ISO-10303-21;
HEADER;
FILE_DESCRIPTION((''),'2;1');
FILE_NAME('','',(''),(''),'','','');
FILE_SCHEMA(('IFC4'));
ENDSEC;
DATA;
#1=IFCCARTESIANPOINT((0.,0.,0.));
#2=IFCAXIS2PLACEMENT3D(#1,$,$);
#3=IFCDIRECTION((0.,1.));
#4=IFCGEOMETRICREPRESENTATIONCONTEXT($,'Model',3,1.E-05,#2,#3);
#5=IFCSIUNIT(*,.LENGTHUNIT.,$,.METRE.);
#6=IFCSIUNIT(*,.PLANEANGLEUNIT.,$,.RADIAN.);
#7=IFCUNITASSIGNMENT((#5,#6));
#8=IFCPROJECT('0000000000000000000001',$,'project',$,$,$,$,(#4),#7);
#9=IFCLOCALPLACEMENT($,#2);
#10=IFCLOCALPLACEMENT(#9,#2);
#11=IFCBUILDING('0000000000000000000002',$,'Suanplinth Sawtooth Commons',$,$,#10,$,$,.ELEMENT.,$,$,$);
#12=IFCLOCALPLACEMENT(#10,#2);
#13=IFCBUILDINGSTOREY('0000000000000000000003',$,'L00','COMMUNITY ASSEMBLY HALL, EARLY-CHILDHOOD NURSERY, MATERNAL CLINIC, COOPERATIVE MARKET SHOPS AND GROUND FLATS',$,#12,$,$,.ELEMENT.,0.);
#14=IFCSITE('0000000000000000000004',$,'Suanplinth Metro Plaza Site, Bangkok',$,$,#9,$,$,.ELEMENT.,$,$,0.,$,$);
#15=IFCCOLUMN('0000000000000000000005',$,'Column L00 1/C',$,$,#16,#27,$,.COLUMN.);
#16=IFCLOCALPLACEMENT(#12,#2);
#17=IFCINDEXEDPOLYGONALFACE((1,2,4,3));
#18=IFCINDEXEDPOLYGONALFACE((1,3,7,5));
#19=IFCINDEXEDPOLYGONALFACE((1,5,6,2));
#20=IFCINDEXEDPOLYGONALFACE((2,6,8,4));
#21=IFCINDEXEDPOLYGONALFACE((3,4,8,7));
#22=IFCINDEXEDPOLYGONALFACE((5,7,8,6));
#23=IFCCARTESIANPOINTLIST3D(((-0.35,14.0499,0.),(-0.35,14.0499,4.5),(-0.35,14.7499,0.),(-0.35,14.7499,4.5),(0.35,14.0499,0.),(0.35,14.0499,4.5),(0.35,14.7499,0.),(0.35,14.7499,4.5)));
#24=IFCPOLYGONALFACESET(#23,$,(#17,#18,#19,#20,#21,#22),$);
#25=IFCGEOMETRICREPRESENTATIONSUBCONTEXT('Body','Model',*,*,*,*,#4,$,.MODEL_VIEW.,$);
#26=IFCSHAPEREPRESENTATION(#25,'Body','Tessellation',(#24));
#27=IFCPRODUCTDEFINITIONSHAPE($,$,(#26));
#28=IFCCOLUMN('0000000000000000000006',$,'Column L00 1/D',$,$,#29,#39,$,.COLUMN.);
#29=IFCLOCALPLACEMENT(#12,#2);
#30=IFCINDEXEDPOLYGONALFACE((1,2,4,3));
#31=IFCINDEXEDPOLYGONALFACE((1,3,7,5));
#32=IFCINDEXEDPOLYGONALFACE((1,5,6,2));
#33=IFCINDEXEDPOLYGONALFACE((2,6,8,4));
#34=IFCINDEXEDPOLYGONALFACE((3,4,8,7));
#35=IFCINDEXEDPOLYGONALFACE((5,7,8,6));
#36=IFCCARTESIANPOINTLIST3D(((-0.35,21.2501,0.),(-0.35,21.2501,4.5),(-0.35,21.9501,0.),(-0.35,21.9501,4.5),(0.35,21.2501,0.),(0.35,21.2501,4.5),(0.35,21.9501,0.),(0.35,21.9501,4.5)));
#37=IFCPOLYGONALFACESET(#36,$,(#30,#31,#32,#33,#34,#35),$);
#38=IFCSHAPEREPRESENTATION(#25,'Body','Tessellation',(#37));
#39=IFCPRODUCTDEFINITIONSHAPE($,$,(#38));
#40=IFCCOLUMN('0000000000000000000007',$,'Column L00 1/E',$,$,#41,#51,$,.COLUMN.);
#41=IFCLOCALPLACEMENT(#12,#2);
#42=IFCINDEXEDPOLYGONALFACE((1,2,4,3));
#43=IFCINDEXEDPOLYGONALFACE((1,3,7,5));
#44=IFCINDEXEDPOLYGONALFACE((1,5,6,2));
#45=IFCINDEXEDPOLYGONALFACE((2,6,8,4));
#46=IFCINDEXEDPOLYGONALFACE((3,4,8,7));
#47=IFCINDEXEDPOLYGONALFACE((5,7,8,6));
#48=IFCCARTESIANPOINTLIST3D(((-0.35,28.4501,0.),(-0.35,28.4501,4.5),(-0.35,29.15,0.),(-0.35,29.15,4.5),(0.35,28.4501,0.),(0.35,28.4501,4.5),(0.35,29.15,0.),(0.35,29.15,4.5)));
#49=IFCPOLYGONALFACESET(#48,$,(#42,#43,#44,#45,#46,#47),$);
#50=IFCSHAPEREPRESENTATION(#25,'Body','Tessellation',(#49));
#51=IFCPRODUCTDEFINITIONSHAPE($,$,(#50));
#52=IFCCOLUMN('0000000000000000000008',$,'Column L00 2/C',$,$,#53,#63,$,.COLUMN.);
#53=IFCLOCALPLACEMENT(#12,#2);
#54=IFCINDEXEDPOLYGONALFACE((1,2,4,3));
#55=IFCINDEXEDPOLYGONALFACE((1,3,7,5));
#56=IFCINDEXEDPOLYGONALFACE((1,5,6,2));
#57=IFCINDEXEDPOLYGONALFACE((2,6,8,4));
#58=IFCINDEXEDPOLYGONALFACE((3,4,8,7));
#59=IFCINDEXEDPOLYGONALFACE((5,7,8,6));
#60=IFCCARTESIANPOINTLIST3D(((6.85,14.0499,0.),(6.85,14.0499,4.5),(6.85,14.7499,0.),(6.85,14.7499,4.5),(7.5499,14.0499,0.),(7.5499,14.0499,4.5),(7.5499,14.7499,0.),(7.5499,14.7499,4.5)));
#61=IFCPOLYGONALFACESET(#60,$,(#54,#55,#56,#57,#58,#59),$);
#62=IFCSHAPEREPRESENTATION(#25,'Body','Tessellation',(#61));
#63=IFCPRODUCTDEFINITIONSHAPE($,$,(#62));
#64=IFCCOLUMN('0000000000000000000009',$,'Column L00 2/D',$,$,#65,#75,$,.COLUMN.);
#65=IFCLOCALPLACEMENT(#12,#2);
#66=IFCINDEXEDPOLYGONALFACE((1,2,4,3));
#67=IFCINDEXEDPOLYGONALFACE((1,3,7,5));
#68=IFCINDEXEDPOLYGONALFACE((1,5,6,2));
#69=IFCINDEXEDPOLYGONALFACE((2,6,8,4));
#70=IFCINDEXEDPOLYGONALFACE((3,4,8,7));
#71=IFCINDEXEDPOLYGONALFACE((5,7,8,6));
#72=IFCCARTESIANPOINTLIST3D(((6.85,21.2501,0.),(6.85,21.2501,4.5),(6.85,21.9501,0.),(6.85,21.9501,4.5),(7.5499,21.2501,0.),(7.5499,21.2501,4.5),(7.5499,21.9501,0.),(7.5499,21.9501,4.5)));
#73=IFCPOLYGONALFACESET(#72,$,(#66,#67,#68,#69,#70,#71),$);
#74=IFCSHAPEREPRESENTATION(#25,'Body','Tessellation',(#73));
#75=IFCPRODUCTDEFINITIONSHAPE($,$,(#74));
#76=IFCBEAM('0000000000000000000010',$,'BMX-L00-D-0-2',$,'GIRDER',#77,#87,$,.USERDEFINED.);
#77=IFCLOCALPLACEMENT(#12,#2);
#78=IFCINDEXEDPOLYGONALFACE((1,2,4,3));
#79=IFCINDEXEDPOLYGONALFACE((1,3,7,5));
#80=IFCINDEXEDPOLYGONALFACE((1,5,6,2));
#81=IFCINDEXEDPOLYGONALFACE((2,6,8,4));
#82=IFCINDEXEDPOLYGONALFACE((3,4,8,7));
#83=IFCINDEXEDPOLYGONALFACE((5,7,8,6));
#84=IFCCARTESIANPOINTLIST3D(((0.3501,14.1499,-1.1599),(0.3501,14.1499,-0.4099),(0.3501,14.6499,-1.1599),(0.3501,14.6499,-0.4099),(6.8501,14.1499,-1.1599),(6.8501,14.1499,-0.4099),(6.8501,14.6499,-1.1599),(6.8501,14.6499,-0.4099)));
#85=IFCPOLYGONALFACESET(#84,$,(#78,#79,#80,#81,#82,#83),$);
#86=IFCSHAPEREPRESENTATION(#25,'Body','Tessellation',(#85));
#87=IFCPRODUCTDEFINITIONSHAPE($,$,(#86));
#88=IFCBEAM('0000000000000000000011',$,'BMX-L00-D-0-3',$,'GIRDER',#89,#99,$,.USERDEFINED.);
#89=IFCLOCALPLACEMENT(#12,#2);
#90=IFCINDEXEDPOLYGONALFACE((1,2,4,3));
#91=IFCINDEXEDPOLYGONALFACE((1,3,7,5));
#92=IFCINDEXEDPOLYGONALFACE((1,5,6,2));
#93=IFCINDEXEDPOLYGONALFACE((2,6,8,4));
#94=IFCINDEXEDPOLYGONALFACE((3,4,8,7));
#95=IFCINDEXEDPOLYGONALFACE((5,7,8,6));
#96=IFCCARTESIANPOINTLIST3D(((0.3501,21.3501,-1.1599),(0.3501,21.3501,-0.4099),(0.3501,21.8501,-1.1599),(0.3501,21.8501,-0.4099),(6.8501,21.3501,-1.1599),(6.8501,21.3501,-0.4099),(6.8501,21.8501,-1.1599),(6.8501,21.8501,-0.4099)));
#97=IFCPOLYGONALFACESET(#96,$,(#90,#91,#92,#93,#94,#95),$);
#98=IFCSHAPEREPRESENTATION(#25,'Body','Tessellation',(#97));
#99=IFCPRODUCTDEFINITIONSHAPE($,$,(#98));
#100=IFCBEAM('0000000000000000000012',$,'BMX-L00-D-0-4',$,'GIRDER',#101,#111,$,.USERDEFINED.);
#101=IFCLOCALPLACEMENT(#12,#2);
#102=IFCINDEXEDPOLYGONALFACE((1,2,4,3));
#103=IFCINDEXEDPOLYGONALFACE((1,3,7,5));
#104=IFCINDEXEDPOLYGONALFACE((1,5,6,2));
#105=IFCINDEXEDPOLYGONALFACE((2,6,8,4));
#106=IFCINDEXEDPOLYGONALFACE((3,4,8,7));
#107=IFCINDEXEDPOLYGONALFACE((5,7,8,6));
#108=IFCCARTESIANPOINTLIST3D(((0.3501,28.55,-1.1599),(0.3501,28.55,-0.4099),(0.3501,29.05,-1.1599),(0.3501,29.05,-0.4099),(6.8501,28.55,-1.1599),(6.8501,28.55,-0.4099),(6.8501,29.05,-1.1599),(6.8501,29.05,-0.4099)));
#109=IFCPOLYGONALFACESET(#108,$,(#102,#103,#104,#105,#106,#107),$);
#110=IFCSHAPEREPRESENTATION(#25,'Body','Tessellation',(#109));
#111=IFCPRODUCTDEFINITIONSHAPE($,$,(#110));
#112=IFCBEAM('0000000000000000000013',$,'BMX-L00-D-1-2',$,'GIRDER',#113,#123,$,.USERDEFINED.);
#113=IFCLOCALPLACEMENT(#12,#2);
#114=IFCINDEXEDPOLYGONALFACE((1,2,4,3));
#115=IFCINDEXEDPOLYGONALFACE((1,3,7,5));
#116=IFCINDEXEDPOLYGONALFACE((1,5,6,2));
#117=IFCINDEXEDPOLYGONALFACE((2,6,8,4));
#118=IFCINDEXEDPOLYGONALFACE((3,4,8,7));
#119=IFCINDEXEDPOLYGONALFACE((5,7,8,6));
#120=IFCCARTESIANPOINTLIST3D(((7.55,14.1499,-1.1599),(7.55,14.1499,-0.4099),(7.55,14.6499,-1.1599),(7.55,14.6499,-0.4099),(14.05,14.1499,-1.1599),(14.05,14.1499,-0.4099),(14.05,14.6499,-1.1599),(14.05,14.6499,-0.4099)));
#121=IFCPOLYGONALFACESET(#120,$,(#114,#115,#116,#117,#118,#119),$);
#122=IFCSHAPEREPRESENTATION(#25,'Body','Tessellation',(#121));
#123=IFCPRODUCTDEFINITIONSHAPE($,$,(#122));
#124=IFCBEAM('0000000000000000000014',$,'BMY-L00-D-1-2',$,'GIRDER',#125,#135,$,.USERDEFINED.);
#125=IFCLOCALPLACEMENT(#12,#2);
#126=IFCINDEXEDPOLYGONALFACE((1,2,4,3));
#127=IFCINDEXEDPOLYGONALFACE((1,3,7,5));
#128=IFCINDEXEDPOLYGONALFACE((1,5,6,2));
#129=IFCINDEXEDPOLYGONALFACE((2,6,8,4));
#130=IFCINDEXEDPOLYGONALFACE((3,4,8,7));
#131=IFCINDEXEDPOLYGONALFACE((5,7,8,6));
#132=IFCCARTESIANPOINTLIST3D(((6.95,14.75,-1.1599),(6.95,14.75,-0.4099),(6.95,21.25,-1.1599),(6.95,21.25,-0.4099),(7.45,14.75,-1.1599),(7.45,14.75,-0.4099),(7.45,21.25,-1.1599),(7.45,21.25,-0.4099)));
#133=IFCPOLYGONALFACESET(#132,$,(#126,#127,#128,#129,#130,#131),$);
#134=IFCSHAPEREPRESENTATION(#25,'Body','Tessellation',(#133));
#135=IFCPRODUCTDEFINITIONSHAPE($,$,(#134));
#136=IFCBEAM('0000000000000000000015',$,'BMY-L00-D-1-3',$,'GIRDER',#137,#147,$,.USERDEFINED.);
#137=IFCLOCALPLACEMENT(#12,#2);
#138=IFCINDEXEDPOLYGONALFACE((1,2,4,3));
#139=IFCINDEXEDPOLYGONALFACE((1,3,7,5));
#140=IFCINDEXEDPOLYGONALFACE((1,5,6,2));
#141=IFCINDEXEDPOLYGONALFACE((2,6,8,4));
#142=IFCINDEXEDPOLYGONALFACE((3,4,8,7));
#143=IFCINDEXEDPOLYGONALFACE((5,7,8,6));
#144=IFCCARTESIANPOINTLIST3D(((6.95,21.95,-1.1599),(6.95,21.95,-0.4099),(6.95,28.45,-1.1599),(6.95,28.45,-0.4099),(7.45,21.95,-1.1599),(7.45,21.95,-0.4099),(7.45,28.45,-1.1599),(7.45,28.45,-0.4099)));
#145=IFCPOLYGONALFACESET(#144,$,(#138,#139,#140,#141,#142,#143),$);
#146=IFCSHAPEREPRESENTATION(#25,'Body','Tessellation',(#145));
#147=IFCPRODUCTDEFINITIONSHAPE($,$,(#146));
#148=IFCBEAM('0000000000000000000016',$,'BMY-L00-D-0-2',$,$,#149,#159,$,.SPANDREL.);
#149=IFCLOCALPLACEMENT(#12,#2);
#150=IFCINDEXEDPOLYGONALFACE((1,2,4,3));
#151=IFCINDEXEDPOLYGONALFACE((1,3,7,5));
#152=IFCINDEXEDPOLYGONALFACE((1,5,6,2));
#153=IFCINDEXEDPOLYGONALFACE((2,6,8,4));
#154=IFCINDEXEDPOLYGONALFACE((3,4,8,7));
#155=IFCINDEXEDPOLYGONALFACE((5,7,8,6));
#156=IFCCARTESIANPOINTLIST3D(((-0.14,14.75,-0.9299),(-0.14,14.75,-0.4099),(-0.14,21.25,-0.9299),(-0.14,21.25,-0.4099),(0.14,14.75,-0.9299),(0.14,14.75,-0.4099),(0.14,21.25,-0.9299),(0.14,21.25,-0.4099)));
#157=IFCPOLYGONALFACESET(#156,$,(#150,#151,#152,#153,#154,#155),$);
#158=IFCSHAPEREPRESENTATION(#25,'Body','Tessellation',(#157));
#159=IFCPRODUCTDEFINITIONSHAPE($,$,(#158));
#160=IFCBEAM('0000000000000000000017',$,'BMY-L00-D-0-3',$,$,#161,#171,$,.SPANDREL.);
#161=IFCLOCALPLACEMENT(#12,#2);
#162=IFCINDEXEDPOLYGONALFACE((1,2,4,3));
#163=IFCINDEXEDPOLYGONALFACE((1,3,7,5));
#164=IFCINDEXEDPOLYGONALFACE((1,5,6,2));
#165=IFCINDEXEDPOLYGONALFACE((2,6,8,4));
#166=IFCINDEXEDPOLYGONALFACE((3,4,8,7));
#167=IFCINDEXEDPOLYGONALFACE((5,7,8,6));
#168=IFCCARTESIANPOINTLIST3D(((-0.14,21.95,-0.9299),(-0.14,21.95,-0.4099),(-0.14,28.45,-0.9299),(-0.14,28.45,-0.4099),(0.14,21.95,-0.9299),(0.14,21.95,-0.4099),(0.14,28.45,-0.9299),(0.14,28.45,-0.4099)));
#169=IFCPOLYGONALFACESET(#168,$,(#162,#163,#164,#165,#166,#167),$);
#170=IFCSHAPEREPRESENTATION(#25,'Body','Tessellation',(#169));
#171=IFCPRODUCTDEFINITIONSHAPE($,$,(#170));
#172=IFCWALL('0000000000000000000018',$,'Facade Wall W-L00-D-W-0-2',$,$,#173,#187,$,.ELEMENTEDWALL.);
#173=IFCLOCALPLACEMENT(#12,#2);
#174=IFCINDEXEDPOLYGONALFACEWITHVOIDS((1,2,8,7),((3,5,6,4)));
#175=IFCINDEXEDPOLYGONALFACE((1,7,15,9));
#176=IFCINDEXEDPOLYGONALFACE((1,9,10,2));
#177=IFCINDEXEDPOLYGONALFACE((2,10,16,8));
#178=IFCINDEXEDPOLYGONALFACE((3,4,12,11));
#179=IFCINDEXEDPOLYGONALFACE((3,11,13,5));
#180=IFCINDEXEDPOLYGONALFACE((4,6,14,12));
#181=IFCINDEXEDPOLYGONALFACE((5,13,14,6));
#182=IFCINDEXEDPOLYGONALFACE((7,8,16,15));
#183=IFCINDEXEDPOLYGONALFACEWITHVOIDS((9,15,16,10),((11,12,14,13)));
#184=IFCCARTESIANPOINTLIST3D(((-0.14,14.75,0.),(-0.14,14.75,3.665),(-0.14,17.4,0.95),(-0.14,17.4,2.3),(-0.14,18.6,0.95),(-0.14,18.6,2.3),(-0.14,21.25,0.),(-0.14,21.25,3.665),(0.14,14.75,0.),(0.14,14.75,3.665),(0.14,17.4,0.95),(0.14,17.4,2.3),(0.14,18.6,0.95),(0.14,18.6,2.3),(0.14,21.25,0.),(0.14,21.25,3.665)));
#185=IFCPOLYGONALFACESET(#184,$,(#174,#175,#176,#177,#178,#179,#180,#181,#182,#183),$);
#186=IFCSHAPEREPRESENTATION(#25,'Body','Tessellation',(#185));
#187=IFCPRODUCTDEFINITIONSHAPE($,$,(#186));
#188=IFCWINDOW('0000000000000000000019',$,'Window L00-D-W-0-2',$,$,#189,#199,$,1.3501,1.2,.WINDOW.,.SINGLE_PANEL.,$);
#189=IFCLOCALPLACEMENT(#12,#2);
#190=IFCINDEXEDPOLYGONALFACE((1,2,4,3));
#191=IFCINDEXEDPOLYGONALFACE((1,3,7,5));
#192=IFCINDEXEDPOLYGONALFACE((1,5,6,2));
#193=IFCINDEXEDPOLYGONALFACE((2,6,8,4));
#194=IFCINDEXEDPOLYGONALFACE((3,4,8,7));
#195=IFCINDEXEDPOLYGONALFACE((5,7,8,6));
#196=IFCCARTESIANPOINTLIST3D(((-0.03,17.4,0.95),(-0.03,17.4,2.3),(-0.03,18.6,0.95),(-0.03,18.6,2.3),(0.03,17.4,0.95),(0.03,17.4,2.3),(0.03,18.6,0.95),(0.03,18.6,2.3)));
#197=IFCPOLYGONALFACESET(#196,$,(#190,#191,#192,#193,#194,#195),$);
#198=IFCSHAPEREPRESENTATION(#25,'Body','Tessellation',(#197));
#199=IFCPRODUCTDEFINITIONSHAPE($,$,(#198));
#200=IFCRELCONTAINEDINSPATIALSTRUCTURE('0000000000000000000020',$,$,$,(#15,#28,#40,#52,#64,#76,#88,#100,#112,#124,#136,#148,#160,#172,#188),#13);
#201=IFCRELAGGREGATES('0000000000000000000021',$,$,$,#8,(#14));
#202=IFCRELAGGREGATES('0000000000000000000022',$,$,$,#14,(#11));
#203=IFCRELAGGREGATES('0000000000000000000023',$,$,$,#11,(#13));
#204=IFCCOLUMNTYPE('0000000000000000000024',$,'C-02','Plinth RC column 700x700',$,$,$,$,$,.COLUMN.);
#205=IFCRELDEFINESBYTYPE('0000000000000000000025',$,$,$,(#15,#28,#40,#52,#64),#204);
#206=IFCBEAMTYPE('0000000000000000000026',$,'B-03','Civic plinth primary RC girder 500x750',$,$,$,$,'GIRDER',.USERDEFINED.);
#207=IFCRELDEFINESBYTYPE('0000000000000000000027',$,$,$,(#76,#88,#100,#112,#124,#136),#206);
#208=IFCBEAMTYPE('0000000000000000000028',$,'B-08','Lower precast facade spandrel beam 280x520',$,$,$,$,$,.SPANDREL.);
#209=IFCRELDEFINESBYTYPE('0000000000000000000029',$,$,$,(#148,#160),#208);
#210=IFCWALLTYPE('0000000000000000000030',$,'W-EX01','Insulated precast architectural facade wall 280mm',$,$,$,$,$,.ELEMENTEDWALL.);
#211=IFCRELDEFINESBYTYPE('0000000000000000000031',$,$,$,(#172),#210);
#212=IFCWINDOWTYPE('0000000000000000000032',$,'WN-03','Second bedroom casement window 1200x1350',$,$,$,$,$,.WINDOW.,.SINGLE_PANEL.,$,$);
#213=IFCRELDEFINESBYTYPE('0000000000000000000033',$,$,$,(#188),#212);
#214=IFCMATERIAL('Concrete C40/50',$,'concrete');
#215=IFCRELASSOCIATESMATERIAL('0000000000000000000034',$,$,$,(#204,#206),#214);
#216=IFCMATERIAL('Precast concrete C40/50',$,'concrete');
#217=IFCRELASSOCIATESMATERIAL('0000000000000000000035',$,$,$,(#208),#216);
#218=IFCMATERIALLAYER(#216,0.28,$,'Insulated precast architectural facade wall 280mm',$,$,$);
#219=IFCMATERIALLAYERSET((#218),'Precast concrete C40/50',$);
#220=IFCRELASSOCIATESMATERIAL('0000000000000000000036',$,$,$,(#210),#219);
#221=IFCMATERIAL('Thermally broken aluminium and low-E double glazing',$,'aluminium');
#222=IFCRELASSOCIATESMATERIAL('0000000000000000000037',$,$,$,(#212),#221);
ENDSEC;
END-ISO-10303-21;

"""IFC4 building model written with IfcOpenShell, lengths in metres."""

from ifc_helpers import new_model, si_unit, direction, frame, frame_2d, origin, origin_2d, place, context, subcontext, project, spatial, rectangle, extrude, material, layer, layer_set, material_profile, profile_set, type_object, element, fill, save


model = new_model("IFC4")

# Units and contexts
model_context = context("Model", 3, precision=1e-05, world=origin(), true_north=direction((0.0, 1.0)))
body_context = subcontext(model_context, "Body", "Model", "MODEL_VIEW")
ifc_project = project(units=[si_unit("LENGTHUNIT", "METRE"), si_unit("PLANEANGLEUNIT", "RADIAN")], contexts=[model_context])

# Site, building, storey
site_placement = place(None, origin())
site = spatial("IfcSite", under=ifc_project, at=site_placement, Name="Suanplinth Metro Plaza Site, Bangkok", CompositionType="ELEMENT", RefElevation=0.0)
building_placement = place(site_placement, origin())
building = spatial("IfcBuilding", under=site, at=building_placement, Name="Suanplinth Sawtooth Commons", CompositionType="ELEMENT")
storey_placement = place(building_placement, origin())
storey = spatial("IfcBuildingStorey", under=building, at=storey_placement, Name="L00", Description="COMMUNITY ASSEMBLY HALL, EARLY-CHILDHOOD NURSERY, MATERNAL CLINIC, COOPERATIVE MARKET SHOPS AND GROUND FLATS", CompositionType="ELEMENT", Elevation=0.0)

# Columns
ifc_material_1 = material(Name="Concrete C40/50", Category="concrete")
ifc_material_profile_1 = material_profile(ifc_material_1, rectangle(XDim=0.7, YDim=0.7, at=origin_2d()), Name="RC-COL 700x700")
ifc_profile_set_1 = profile_set([ifc_material_profile_1], Name="Concrete C40/50")
column_type = type_object("IfcColumnType", Name="C-02", Description="Plinth RC column 700x700", PredefinedType="COLUMN", material=ifc_profile_set_1)
for number, where, z_axis, x_axis, name in (
    (1, (0.0, 14.3999, 0.0), (0.0, 0.0, 1.0), (1.0, 0.0, 0.0), "Column L00 1/C"),
    (2, (0.0, 21.6001, 0.0), (0.0, 0.0, 1.0), (1.0, 0.0, 0.0), "Column L00 1/D"),
    (3, (0.0, 28.8, 0.0), (0.0, 0.0, 1.0), (1.0, 0.0, 0.0), "Column L00 1/E"),
    (4, (7.2, 14.3999, 0.0), (0.0, 0.0, 1.0), (1.0, 0.0, 0.0), "Column L00 2/C"),
    (5, (7.2, 21.6001, 0.0), (0.0, 0.0, 1.0), (1.0, 0.0, 0.0), "Column L00 2/D"),
):
    element("IfcColumn", number, at=place(storey_placement, frame(where, z_axis=z_axis, x_axis=x_axis)), inside=storey, type_object=column_type, Name=name, PredefinedType="COLUMN", context=body_context, shape_type="SweptSolid", body=[
        extrude(rectangle(XDim=0.7, YDim=0.7, at=origin_2d()), origin(), (0.0, 0.0, 1.0), 4.5),
    ])

# Beams
ifc_material_profile_2 = material_profile(ifc_material_1, rectangle(XDim=0.5, YDim=0.75, at=origin_2d()), Name="RC-GDR 500x750")
ifc_profile_set_2 = profile_set([ifc_material_profile_2], Name="Concrete C40/50")
beam_type_1 = type_object("IfcBeamType", Name="B-03", Description="Civic plinth primary RC girder 500x750", ElementType="GIRDER", PredefinedType="USERDEFINED", material=ifc_profile_set_2)
for number, where, z_axis, x_axis, name in (
    (6, (0.3501, 14.3999, -0.7849), (1.0, 0.0, 0.0), (0.0, 1.0, 0.0), "BMX-L00-D-0-2"),
    (7, (0.3501, 21.6001, -0.7849), (1.0, 0.0, 0.0), (0.0, 1.0, 0.0), "BMX-L00-D-0-3"),
    (8, (0.3501, 28.8, -0.7849), (1.0, 0.0, 0.0), (0.0, 1.0, 0.0), "BMX-L00-D-0-4"),
    (9, (7.55, 14.3999, -0.7849), (1.0, 0.0, 0.0), (0.0, 1.0, 0.0), "BMX-L00-D-1-2"),
    (10, (7.2, 14.75, -0.7849), (0.0, 1.0, 0.0), (-1.0, 0.0, 0.0), "BMY-L00-D-1-2"),
    (11, (7.2, 21.95, -0.7849), (0.0, 1.0, 0.0), (-1.0, 0.0, 0.0), "BMY-L00-D-1-3"),
):
    element("IfcBeam", number, at=place(storey_placement, frame(where, z_axis=z_axis, x_axis=x_axis)), inside=storey, type_object=beam_type_1, Name=name, ObjectType="GIRDER", PredefinedType="USERDEFINED", context=body_context, shape_type="SweptSolid", body=[
        extrude(rectangle(XDim=0.5, YDim=0.75, at=origin_2d()), origin(), (0.0, 0.0, 1.0), 6.5),
    ])
ifc_material_2 = material(Name="Precast concrete C40/50", Category="concrete")
ifc_material_profile_3 = material_profile(ifc_material_2, rectangle(XDim=0.28, YDim=0.52, at=origin_2d()), Name="PC-SP 280x520")
ifc_profile_set_3 = profile_set([ifc_material_profile_3], Name="Precast concrete C40/50")
beam_type_2 = type_object("IfcBeamType", Name="B-08", Description="Lower precast facade spandrel beam 280x520", PredefinedType="SPANDREL", material=ifc_profile_set_3)
for number, where, z_axis, x_axis, name in (
    (12, (0.0, 14.75, -0.6699), (0.0, 1.0, 0.0), (-1.0, 0.0, 0.0), "BMY-L00-D-0-2"),
    (13, (0.0, 21.95, -0.6699), (0.0, 1.0, 0.0), (-1.0, 0.0, 0.0), "BMY-L00-D-0-3"),
):
    element("IfcBeam", number, at=place(storey_placement, frame(where, z_axis=z_axis, x_axis=x_axis)), inside=storey, type_object=beam_type_2, Name=name, PredefinedType="SPANDREL", context=body_context, shape_type="SweptSolid", body=[
        extrude(rectangle(XDim=0.28, YDim=0.52, at=origin_2d()), origin(), (0.0, 0.0, 1.0), 6.5),
    ])

# Wall, opening, window
ifc_layer_1 = layer(ifc_material_2, 0.28, Name="Insulated precast architectural facade wall 280mm")
ifc_layer_set_1 = layer_set([ifc_layer_1], Name="Precast concrete C40/50")
wall_type_1 = type_object("IfcWallType", Name="W-EX01", Description="Insulated precast architectural facade wall 280mm", PredefinedType="ELEMENTEDWALL", material=ifc_layer_set_1)
wall_1_placement = place(storey_placement, frame((0.0, 14.75, 0.0), z_axis=(0.0, 0.0, 1.0), x_axis=(0.0, 1.0, 0.0)))
wall_1 = element("IfcWall", 14, at=wall_1_placement, inside=storey, type_object=wall_type_1, Name="Facade Wall W-L00-D-W-0-2", PredefinedType="ELEMENTEDWALL", context=body_context, shape_type="SweptSolid", body=[
    extrude(rectangle(XDim=6.5, YDim=0.28, at=frame_2d((3.25, 0.0))), origin(), (0.0, 0.0, 1.0), 3.665),
])
opening_1_placement = place(wall_1_placement, frame((2.6499, 0.0, 0.95)))
opening_1 = element("IfcOpeningElement", 15, at=opening_1_placement, cuts=wall_1, PredefinedType="OPENING", context=body_context, shape_type="SweptSolid", body=[
    extrude(rectangle(XDim=1.2, YDim=1.3501, at=frame_2d((0.6001, 0.675))), frame((0.0, 0.1548, 0.0), z_axis=(0.0, -1.0, 0.0), x_axis=(1.0, 0.0, 0.0)), (0.0, 0.0, 1.0), 0.3098),
])
ifc_material_3 = material(Name="Thermally broken aluminium and low-E double glazing", Category="aluminium")
window_type_1 = type_object("IfcWindowType", Name="WN-03", Description="Second bedroom casement window 1200x1350", PartitioningType="SINGLE_PANEL", PredefinedType="WINDOW", material=ifc_material_3)
window_1_placement = place(opening_1_placement, origin())
window_1 = element("IfcWindow", 16, at=window_1_placement, inside=storey, type_object=window_type_1, Name="Window L00-D-W-0-2", OverallHeight=1.3501, OverallWidth=1.2, PartitioningType="SINGLE_PANEL", PredefinedType="WINDOW", context=body_context, shape_type="SweptSolid", body=[
    extrude(rectangle(XDim=1.2, YDim=1.3501, at=frame_2d((0.6001, 0.675))), frame((0.0, 0.03, 0.0), z_axis=(0.0, -1.0, 0.0), x_axis=(1.0, 0.0, 0.0)), (0.0, 0.0, 1.0), 0.0601),
])
fill(opening_1, window_1)

save(model, "model.ifc")
